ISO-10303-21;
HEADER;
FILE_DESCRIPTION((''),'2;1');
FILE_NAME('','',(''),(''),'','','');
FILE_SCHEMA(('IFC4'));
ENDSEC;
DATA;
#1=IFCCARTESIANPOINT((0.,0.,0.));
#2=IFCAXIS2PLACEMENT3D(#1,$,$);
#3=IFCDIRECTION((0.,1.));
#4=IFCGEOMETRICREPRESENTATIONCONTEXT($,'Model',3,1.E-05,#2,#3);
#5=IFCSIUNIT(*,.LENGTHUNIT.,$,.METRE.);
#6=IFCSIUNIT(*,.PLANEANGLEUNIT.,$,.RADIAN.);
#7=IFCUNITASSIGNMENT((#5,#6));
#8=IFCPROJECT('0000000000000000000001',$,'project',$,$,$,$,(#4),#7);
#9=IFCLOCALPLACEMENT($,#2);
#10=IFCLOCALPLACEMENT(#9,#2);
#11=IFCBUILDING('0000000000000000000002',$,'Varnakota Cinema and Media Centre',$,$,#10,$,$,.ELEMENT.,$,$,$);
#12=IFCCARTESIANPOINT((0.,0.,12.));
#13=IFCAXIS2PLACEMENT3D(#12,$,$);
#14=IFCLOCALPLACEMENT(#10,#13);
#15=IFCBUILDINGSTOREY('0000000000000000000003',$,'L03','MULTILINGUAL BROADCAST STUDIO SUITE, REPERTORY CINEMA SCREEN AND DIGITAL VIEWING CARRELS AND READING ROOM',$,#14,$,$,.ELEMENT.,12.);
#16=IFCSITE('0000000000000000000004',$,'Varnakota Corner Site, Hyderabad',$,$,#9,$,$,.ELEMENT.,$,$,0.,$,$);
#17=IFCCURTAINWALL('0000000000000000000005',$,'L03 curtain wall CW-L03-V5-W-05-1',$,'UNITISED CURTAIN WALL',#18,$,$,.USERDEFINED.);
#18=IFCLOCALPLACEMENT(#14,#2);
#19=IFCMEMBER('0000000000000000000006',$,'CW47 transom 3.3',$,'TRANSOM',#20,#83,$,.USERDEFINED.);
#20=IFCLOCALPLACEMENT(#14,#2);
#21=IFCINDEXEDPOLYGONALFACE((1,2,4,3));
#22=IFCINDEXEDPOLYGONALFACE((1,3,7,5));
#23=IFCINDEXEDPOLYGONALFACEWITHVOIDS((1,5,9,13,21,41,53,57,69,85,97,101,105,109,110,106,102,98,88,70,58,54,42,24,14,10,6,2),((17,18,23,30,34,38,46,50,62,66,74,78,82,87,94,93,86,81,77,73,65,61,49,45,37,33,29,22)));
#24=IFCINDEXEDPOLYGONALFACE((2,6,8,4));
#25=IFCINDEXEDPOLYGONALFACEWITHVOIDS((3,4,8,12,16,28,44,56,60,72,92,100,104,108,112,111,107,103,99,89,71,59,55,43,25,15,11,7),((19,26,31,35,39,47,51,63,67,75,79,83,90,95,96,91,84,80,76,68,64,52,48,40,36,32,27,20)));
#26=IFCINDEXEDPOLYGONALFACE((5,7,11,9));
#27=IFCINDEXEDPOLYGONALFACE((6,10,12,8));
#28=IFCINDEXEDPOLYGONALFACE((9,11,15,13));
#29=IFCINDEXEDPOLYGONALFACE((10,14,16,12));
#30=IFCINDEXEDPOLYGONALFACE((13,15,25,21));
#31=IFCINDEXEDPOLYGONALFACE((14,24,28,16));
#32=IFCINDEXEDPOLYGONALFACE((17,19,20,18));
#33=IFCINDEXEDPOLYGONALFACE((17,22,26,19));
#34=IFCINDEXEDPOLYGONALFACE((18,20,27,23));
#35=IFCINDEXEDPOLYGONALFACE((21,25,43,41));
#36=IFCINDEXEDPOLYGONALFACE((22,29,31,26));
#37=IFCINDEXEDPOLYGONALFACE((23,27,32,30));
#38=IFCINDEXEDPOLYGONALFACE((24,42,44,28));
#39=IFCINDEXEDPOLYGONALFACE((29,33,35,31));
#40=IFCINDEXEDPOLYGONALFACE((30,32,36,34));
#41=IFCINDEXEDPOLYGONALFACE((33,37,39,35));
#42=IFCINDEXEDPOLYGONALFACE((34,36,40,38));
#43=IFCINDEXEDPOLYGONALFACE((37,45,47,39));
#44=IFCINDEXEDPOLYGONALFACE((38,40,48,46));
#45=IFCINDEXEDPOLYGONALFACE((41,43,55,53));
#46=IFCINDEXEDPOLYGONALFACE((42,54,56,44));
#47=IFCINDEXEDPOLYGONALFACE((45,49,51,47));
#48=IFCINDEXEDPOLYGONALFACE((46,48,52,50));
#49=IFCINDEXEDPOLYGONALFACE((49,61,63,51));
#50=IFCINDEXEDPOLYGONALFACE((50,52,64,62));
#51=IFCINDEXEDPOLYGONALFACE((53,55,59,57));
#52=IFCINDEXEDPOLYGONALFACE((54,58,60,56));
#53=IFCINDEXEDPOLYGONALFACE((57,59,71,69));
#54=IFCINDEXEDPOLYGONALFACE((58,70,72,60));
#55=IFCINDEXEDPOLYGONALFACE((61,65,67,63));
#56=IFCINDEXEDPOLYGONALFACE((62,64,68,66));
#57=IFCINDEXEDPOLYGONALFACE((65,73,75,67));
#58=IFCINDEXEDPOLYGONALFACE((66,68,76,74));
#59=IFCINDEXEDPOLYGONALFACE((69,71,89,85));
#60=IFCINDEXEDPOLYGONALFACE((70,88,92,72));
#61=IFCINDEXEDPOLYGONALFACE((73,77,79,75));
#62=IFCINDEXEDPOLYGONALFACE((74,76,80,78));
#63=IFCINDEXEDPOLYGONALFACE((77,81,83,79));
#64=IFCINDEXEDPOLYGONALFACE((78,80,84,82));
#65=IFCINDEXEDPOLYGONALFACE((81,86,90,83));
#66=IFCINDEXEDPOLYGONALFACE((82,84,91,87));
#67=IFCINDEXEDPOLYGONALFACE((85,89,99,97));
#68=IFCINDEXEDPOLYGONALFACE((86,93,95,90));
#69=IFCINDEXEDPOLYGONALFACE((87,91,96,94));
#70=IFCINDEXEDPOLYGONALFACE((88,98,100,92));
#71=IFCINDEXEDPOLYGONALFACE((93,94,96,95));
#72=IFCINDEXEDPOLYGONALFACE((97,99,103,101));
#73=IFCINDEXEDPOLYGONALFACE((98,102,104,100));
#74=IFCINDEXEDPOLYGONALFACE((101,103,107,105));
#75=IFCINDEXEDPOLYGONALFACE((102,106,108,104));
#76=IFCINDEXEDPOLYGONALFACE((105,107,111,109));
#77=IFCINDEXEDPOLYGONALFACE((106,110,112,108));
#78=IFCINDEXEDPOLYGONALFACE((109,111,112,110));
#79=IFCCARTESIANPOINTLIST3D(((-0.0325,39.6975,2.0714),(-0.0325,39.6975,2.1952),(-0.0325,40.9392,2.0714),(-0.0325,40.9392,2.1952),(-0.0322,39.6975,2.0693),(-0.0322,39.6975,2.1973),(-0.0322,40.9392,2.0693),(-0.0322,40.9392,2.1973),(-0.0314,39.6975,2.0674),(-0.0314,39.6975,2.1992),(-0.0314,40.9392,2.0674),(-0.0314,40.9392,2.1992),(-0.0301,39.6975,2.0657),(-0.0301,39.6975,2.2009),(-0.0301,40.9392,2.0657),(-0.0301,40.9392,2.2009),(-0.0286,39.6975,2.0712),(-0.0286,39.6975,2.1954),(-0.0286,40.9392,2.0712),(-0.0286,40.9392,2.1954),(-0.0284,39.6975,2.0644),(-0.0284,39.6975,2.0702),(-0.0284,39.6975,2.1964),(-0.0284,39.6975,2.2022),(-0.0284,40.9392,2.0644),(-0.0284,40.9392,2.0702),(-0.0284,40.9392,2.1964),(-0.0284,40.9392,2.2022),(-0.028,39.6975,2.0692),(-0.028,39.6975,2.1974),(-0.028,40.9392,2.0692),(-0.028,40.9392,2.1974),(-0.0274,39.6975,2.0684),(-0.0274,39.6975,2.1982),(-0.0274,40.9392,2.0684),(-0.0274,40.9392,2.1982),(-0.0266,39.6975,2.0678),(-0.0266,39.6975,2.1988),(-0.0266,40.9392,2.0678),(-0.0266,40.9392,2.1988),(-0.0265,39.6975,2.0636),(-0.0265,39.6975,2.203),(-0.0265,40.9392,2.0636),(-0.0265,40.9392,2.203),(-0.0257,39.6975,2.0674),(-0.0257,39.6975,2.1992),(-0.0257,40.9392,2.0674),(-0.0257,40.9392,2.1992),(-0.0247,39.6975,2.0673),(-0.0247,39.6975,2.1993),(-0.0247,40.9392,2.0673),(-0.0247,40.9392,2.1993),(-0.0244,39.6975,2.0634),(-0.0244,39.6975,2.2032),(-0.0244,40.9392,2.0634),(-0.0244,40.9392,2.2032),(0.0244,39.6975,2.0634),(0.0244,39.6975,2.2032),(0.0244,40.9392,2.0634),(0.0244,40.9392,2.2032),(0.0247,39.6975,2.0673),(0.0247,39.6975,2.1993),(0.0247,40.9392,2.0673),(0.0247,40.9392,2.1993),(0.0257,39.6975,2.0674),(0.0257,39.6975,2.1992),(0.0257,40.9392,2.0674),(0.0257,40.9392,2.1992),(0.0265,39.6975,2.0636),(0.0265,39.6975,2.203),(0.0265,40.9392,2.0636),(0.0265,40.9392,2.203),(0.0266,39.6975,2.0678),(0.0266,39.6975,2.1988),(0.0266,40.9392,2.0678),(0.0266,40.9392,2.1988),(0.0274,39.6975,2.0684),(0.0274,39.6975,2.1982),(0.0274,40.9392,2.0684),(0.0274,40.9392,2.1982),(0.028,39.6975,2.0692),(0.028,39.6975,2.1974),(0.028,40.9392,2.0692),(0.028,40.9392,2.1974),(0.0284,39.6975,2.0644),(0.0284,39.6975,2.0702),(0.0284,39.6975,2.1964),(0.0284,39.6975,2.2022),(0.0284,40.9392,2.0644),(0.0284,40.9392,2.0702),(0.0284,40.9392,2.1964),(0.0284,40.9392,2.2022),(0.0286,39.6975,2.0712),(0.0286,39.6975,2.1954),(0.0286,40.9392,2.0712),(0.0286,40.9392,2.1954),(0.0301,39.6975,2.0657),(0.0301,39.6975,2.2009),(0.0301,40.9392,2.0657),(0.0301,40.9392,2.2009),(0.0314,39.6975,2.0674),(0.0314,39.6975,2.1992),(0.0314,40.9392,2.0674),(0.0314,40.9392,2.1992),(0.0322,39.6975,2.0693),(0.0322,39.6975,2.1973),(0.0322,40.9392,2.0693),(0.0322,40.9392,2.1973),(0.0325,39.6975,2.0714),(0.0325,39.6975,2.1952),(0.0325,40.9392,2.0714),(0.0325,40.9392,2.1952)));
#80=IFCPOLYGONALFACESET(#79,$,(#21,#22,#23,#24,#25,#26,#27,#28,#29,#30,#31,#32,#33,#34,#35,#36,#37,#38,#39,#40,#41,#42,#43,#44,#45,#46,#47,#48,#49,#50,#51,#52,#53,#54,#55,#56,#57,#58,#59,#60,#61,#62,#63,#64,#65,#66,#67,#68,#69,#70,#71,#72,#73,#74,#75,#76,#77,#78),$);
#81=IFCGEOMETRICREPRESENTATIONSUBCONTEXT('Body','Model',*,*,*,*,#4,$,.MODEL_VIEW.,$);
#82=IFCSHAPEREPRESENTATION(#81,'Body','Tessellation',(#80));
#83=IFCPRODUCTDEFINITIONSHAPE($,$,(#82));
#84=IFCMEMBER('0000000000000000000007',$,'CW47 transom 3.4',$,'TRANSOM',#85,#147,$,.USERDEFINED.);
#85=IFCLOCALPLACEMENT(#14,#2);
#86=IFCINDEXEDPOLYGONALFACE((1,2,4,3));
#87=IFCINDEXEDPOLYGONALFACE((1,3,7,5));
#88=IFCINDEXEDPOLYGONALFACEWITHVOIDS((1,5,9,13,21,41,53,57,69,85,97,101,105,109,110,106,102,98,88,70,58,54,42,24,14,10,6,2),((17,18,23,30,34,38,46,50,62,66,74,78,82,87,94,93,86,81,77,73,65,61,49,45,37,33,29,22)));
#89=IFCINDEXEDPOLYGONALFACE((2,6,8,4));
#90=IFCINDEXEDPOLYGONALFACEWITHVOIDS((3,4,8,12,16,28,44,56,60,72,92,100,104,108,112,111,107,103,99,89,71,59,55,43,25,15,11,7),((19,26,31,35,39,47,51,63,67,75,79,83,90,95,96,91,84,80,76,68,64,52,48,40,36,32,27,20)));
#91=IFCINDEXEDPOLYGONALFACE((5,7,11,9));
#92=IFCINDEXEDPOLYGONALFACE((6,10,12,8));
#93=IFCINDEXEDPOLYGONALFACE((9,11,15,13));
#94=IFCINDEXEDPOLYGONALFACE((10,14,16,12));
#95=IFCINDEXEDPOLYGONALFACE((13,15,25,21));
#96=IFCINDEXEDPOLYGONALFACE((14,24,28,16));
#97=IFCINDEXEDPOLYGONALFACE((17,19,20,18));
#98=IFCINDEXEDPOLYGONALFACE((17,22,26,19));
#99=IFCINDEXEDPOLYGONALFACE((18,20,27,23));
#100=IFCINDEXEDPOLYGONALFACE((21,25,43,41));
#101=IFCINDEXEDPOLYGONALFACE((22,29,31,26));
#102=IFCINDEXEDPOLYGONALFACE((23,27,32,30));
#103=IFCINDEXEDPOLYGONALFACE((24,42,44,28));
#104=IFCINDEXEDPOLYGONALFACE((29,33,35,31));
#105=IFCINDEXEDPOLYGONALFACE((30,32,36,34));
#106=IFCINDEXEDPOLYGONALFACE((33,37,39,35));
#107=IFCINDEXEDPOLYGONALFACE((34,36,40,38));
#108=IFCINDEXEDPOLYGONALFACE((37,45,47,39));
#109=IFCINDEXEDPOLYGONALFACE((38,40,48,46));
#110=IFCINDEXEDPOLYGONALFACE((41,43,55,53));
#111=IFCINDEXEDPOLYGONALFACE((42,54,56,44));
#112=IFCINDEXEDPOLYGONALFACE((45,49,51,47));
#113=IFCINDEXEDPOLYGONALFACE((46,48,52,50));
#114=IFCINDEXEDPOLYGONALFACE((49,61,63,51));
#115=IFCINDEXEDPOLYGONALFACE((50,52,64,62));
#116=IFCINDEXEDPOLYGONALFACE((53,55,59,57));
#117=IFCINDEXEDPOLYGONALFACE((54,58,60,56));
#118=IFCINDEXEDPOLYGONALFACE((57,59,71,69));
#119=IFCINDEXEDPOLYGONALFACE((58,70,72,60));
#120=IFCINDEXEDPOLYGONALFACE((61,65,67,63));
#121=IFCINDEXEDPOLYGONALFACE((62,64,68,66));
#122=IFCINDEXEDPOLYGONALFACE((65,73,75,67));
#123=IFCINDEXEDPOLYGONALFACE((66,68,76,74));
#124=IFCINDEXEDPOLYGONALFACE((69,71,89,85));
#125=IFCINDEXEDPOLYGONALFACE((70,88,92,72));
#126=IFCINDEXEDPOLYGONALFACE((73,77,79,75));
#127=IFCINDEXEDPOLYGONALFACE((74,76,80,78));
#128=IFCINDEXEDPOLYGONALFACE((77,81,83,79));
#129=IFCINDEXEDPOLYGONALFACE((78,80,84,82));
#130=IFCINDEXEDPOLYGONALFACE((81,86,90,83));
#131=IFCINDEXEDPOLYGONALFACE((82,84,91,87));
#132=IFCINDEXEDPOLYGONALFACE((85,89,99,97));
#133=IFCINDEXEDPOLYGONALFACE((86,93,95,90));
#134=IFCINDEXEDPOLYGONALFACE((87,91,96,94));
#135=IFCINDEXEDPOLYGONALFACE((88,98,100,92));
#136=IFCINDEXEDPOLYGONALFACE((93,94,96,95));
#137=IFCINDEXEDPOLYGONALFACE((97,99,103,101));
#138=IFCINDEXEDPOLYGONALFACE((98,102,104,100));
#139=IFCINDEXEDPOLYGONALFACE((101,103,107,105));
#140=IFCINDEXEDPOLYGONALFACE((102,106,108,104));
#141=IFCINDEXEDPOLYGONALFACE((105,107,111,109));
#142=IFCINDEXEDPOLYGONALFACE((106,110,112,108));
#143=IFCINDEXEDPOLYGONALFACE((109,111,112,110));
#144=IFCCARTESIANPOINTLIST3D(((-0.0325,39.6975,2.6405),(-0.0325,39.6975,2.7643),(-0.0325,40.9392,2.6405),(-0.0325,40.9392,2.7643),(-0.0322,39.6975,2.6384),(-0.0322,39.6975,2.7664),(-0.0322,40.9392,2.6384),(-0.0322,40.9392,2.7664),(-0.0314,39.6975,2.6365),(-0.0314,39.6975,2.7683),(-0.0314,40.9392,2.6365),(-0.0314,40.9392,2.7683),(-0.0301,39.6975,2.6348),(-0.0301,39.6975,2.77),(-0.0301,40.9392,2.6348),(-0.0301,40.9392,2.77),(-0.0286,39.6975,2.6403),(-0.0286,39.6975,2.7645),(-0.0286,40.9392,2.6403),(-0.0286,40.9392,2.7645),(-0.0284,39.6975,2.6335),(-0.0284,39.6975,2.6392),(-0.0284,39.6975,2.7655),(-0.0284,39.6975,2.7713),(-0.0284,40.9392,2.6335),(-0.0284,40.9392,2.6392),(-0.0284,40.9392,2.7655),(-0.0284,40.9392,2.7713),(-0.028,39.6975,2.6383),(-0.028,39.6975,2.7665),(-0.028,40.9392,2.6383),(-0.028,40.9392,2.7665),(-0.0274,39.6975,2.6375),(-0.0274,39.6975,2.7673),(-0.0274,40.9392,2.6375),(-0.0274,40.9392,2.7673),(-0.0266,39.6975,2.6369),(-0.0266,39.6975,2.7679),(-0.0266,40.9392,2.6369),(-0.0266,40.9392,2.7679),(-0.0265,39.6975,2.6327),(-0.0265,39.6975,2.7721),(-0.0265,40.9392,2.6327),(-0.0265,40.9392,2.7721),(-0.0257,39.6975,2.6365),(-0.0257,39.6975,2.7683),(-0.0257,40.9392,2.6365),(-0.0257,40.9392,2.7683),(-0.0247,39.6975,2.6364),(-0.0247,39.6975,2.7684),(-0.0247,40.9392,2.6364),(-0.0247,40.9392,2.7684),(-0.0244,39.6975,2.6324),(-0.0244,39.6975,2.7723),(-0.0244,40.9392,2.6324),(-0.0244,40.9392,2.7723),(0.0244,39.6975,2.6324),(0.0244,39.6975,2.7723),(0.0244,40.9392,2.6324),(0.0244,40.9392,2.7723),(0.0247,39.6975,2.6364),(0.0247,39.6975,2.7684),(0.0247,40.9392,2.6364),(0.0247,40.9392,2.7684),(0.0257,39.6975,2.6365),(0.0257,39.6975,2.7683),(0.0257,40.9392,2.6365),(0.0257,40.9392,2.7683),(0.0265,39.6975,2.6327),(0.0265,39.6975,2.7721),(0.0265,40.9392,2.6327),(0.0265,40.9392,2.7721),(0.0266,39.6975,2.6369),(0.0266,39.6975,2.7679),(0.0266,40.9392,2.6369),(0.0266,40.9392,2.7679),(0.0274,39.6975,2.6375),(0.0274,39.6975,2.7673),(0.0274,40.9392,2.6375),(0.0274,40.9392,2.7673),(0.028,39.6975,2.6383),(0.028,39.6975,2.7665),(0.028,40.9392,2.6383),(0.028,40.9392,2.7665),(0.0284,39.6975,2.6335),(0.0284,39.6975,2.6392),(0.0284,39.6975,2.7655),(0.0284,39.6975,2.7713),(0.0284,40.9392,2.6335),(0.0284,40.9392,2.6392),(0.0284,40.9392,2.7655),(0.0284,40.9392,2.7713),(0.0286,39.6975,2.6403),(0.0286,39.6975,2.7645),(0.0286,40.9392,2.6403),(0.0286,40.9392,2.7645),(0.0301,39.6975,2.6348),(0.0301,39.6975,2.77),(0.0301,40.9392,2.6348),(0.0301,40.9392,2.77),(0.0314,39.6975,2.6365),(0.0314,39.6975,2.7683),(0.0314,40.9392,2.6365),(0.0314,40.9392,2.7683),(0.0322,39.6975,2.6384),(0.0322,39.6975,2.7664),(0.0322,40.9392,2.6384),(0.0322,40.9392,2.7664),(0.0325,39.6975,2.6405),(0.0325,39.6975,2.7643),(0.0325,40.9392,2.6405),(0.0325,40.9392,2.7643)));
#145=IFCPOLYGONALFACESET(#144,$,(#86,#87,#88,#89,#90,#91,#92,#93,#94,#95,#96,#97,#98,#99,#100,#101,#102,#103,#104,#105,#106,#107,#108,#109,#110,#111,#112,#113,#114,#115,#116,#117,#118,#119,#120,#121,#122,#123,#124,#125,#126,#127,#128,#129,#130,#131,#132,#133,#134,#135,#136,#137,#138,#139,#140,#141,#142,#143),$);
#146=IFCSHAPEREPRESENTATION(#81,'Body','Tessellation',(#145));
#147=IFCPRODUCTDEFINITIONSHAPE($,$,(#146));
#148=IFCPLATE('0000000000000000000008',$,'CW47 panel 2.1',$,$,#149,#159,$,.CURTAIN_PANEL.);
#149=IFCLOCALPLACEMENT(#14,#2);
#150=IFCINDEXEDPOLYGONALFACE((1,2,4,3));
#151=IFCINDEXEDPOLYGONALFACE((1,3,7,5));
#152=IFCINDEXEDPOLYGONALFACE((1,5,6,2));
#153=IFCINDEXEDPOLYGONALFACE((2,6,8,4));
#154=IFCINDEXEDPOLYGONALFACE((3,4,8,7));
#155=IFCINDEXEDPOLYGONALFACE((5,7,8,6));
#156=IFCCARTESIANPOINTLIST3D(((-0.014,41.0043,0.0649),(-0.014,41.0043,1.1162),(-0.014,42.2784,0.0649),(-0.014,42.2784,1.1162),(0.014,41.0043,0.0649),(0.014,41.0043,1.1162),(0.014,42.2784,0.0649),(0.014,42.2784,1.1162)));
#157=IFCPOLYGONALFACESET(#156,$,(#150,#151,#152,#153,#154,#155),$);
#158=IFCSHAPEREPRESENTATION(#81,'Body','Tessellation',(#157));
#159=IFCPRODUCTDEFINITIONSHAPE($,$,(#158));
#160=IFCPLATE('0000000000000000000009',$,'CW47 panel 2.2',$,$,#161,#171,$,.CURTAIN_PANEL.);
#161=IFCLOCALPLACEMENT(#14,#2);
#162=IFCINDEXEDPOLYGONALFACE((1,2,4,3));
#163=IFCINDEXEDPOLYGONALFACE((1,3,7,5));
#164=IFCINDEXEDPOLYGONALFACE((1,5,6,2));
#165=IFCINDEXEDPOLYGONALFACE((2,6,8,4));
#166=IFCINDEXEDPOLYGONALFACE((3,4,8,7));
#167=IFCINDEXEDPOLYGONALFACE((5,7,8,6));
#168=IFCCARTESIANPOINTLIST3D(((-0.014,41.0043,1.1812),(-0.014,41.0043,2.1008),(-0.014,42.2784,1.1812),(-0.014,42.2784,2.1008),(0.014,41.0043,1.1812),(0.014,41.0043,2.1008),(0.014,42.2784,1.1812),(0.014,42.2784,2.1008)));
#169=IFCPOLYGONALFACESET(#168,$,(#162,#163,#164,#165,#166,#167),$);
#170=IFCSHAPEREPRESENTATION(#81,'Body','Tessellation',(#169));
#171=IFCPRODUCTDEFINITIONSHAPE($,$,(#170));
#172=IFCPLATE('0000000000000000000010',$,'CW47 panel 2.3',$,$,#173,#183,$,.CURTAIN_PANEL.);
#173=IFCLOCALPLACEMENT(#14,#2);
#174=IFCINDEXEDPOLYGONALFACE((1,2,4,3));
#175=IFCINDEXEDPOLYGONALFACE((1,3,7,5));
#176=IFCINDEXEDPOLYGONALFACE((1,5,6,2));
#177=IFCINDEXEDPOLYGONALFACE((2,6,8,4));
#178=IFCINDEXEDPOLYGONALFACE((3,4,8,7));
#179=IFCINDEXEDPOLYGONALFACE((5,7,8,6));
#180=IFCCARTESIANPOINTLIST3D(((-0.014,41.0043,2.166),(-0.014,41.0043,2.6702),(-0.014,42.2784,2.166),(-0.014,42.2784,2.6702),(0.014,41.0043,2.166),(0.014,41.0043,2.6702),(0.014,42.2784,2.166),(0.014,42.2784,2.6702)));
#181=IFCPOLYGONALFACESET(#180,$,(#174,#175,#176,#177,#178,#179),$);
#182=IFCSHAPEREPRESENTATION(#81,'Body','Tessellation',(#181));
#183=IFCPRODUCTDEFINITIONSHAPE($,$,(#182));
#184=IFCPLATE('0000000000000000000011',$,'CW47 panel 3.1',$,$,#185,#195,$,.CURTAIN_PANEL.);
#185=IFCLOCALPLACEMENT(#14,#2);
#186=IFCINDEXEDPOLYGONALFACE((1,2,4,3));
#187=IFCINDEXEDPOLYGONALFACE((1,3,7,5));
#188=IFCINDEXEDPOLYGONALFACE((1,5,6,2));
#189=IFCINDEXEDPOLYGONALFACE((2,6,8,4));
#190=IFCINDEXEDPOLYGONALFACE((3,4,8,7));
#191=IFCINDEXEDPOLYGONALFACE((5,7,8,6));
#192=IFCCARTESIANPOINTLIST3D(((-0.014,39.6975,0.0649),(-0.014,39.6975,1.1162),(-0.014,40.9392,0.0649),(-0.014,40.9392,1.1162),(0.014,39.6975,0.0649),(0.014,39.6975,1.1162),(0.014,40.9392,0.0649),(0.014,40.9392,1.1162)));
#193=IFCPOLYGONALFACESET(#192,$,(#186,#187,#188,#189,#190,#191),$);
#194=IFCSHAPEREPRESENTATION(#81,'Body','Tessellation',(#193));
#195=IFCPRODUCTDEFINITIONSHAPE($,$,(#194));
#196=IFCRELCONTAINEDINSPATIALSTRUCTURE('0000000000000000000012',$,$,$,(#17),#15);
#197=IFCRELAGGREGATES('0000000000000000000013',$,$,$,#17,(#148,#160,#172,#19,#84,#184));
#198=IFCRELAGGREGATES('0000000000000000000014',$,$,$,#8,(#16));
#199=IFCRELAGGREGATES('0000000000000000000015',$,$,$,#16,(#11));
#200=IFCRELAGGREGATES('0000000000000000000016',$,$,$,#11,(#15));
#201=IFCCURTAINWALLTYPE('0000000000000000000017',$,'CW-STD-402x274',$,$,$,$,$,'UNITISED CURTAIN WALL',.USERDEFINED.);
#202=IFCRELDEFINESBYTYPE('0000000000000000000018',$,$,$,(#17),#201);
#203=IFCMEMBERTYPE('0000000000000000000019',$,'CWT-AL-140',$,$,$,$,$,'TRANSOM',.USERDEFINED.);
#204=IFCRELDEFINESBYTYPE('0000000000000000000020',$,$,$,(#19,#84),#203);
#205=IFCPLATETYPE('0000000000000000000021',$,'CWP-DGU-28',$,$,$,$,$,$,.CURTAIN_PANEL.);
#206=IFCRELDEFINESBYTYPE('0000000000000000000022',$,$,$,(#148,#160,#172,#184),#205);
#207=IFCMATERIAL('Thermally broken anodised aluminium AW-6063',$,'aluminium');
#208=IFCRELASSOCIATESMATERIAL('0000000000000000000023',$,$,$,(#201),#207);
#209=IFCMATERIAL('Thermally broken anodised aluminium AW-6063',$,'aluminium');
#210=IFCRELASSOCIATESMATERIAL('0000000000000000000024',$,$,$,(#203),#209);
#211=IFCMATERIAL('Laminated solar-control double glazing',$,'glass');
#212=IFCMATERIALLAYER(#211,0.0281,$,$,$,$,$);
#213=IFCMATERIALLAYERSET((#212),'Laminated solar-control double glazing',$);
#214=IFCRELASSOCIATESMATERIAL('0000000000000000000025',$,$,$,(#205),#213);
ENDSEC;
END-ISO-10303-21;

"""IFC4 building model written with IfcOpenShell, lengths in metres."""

from ifc_helpers import new_model, si_unit, direction, frame, origin, origin_2d, place, context, subcontext, project, spatial, rectangle, hollow_rectangle, extrude, material, layer, layer_set, material_profile, profile_set, type_object, element, aggregate, save


model = new_model("IFC4")

# Units and contexts
model_context = context("Model", 3, precision=1e-05, world=origin(), true_north=direction((0.0, 1.0)))
body_context = subcontext(model_context, "Body", "Model", "MODEL_VIEW")
ifc_project = project(units=[si_unit("LENGTHUNIT", "METRE"), si_unit("PLANEANGLEUNIT", "RADIAN")], contexts=[model_context])

# Site, building, storey
site_placement = place(None, origin())
site = spatial("IfcSite", under=ifc_project, at=site_placement, Name="Varnakota Corner Site, Hyderabad", CompositionType="ELEMENT", RefElevation=0.0)
building_placement = place(site_placement, origin())
building = spatial("IfcBuilding", under=site, at=building_placement, Name="Varnakota Cinema and Media Centre", CompositionType="ELEMENT")
storey_placement = place(building_placement, frame((0.0, 0.0, 12.0)))
storey = spatial("IfcBuildingStorey", under=building, at=storey_placement, Name="L03", Description="MULTILINGUAL BROADCAST STUDIO SUITE, REPERTORY CINEMA SCREEN AND DIGITAL VIEWING CARRELS AND READING ROOM", CompositionType="ELEMENT", Elevation=12.0)

# Curtain wall
ifc_material_1 = material(Name="Thermally broken anodised aluminium AW-6063", Category="aluminium")
curtain_wall_type = type_object("IfcCurtainWallType", Name="CW-STD-402x274", ElementType="UNITISED CURTAIN WALL", PredefinedType="USERDEFINED", material=ifc_material_1)
curtain_wall_1_placement = place(storey_placement, origin())
curtain_wall_1 = element("IfcCurtainWall", 1, at=curtain_wall_1_placement, inside=storey, type_object=curtain_wall_type, Name="L03 curtain wall CW-L03-V5-W-05-1", ObjectType="UNITISED CURTAIN WALL", PredefinedType="USERDEFINED")

# Members
ifc_material_2 = material(Name="Thermally broken anodised aluminium AW-6063", Category="aluminium")
ifc_material_profile_1 = material_profile(ifc_material_2, hollow_rectangle(XDim=0.0649, YDim=0.1399, WallThickness=0.0039, InnerFilletRadius=0.0039, OuterFilletRadius=0.0081, at=origin_2d()), Name="AL-TRANSOM 140x65x4")
ifc_profile_set_1 = profile_set([ifc_material_profile_1], Name="Thermally broken anodised aluminium AW-6063")
member_type_1 = type_object("IfcMemberType", Name="CWT-AL-140", ElementType="TRANSOM", PredefinedType="USERDEFINED", material=ifc_profile_set_1)
member_1_placement = place(storey_placement, frame((0.0, 40.9392, 2.1333), z_axis=(0.0, -1.0, 0.0), x_axis=(1.0, 0.0, 0.0)))
member_1 = element("IfcMember", 2, at=member_1_placement, type_object=member_type_1, Name="CW47 transom 3.3", ObjectType="TRANSOM", PredefinedType="USERDEFINED", context=body_context, shape_type="SweptSolid", body=[
    extrude(hollow_rectangle(XDim=0.0649, YDim=0.1399, WallThickness=0.0039, InnerFilletRadius=0.0039, OuterFilletRadius=0.0081, at=origin_2d()), origin(), (0.0, 0.0, 1.0), 1.2417),
])
member_2_placement = place(storey_placement, frame((0.0, 40.9392, 2.7024), z_axis=(0.0, -1.0, 0.0), x_axis=(1.0, 0.0, 0.0)))
member_2 = element("IfcMember", 3, at=member_2_placement, type_object=member_type_1, Name="CW47 transom 3.4", ObjectType="TRANSOM", PredefinedType="USERDEFINED", context=body_context, shape_type="SweptSolid", body=[
    extrude(hollow_rectangle(XDim=0.0649, YDim=0.1399, WallThickness=0.0039, InnerFilletRadius=0.0039, OuterFilletRadius=0.0081, at=origin_2d()), origin(), (0.0, 0.0, 1.0), 1.2417),
])

# Plates
ifc_material_3 = material(Name="Laminated solar-control double glazing", Category="glass")
ifc_layer_1 = layer(ifc_material_3, 0.0281)
ifc_layer_set_1 = layer_set([ifc_layer_1], Name="Laminated solar-control double glazing")
plate_type = type_object("IfcPlateType", Name="CWP-DGU-28", PredefinedType="CURTAIN_PANEL", material=ifc_layer_set_1)
plate_1_placement = place(storey_placement, frame((0.0, 41.6414, 0.0649), z_axis=(0.0, 0.0, 1.0), x_axis=(0.0, -1.0, 0.0)))
plate_1 = element("IfcPlate", 4, at=plate_1_placement, type_object=plate_type, Name="CW47 panel 2.1", PredefinedType="CURTAIN_PANEL", context=body_context, shape_type="SweptSolid", body=[
    extrude(rectangle(XDim=1.2742, YDim=0.0281, at=origin_2d()), origin(), (0.0, 0.0, 1.0), 1.0513),
])
plate_2_placement = place(storey_placement, frame((0.0, 41.6414, 1.1812), z_axis=(0.0, 0.0, 1.0), x_axis=(0.0, -1.0, 0.0)))
plate_2 = element("IfcPlate", 5, at=plate_2_placement, type_object=plate_type, Name="CW47 panel 2.2", PredefinedType="CURTAIN_PANEL", context=body_context, shape_type="SweptSolid", body=[
    extrude(rectangle(XDim=1.2742, YDim=0.0281, at=origin_2d()), origin(), (0.0, 0.0, 1.0), 0.9197),
])
plate_3_placement = place(storey_placement, frame((0.0, 41.6414, 2.166), z_axis=(0.0, 0.0, 1.0), x_axis=(0.0, -1.0, 0.0)))
plate_3 = element("IfcPlate", 6, at=plate_3_placement, type_object=plate_type, Name="CW47 panel 2.3", PredefinedType="CURTAIN_PANEL", context=body_context, shape_type="SweptSolid", body=[
    extrude(rectangle(XDim=1.2742, YDim=0.0281, at=origin_2d()), origin(), (0.0, 0.0, 1.0), 0.5042),
])
plate_4_placement = place(storey_placement, frame((0.0, 40.3184, 0.0649), z_axis=(0.0, 0.0, 1.0), x_axis=(0.0, -1.0, 0.0)))
plate_4 = element("IfcPlate", 7, at=plate_4_placement, type_object=plate_type, Name="CW47 panel 3.1", PredefinedType="CURTAIN_PANEL", context=body_context, shape_type="SweptSolid", body=[
    extrude(rectangle(XDim=1.2417, YDim=0.0281, at=origin_2d()), origin(), (0.0, 0.0, 1.0), 1.0513),
])
aggregate(curtain_wall_1, [plate_1, plate_2, plate_3, member_1, member_2, plate_4])

save(model, "model.ifc")
